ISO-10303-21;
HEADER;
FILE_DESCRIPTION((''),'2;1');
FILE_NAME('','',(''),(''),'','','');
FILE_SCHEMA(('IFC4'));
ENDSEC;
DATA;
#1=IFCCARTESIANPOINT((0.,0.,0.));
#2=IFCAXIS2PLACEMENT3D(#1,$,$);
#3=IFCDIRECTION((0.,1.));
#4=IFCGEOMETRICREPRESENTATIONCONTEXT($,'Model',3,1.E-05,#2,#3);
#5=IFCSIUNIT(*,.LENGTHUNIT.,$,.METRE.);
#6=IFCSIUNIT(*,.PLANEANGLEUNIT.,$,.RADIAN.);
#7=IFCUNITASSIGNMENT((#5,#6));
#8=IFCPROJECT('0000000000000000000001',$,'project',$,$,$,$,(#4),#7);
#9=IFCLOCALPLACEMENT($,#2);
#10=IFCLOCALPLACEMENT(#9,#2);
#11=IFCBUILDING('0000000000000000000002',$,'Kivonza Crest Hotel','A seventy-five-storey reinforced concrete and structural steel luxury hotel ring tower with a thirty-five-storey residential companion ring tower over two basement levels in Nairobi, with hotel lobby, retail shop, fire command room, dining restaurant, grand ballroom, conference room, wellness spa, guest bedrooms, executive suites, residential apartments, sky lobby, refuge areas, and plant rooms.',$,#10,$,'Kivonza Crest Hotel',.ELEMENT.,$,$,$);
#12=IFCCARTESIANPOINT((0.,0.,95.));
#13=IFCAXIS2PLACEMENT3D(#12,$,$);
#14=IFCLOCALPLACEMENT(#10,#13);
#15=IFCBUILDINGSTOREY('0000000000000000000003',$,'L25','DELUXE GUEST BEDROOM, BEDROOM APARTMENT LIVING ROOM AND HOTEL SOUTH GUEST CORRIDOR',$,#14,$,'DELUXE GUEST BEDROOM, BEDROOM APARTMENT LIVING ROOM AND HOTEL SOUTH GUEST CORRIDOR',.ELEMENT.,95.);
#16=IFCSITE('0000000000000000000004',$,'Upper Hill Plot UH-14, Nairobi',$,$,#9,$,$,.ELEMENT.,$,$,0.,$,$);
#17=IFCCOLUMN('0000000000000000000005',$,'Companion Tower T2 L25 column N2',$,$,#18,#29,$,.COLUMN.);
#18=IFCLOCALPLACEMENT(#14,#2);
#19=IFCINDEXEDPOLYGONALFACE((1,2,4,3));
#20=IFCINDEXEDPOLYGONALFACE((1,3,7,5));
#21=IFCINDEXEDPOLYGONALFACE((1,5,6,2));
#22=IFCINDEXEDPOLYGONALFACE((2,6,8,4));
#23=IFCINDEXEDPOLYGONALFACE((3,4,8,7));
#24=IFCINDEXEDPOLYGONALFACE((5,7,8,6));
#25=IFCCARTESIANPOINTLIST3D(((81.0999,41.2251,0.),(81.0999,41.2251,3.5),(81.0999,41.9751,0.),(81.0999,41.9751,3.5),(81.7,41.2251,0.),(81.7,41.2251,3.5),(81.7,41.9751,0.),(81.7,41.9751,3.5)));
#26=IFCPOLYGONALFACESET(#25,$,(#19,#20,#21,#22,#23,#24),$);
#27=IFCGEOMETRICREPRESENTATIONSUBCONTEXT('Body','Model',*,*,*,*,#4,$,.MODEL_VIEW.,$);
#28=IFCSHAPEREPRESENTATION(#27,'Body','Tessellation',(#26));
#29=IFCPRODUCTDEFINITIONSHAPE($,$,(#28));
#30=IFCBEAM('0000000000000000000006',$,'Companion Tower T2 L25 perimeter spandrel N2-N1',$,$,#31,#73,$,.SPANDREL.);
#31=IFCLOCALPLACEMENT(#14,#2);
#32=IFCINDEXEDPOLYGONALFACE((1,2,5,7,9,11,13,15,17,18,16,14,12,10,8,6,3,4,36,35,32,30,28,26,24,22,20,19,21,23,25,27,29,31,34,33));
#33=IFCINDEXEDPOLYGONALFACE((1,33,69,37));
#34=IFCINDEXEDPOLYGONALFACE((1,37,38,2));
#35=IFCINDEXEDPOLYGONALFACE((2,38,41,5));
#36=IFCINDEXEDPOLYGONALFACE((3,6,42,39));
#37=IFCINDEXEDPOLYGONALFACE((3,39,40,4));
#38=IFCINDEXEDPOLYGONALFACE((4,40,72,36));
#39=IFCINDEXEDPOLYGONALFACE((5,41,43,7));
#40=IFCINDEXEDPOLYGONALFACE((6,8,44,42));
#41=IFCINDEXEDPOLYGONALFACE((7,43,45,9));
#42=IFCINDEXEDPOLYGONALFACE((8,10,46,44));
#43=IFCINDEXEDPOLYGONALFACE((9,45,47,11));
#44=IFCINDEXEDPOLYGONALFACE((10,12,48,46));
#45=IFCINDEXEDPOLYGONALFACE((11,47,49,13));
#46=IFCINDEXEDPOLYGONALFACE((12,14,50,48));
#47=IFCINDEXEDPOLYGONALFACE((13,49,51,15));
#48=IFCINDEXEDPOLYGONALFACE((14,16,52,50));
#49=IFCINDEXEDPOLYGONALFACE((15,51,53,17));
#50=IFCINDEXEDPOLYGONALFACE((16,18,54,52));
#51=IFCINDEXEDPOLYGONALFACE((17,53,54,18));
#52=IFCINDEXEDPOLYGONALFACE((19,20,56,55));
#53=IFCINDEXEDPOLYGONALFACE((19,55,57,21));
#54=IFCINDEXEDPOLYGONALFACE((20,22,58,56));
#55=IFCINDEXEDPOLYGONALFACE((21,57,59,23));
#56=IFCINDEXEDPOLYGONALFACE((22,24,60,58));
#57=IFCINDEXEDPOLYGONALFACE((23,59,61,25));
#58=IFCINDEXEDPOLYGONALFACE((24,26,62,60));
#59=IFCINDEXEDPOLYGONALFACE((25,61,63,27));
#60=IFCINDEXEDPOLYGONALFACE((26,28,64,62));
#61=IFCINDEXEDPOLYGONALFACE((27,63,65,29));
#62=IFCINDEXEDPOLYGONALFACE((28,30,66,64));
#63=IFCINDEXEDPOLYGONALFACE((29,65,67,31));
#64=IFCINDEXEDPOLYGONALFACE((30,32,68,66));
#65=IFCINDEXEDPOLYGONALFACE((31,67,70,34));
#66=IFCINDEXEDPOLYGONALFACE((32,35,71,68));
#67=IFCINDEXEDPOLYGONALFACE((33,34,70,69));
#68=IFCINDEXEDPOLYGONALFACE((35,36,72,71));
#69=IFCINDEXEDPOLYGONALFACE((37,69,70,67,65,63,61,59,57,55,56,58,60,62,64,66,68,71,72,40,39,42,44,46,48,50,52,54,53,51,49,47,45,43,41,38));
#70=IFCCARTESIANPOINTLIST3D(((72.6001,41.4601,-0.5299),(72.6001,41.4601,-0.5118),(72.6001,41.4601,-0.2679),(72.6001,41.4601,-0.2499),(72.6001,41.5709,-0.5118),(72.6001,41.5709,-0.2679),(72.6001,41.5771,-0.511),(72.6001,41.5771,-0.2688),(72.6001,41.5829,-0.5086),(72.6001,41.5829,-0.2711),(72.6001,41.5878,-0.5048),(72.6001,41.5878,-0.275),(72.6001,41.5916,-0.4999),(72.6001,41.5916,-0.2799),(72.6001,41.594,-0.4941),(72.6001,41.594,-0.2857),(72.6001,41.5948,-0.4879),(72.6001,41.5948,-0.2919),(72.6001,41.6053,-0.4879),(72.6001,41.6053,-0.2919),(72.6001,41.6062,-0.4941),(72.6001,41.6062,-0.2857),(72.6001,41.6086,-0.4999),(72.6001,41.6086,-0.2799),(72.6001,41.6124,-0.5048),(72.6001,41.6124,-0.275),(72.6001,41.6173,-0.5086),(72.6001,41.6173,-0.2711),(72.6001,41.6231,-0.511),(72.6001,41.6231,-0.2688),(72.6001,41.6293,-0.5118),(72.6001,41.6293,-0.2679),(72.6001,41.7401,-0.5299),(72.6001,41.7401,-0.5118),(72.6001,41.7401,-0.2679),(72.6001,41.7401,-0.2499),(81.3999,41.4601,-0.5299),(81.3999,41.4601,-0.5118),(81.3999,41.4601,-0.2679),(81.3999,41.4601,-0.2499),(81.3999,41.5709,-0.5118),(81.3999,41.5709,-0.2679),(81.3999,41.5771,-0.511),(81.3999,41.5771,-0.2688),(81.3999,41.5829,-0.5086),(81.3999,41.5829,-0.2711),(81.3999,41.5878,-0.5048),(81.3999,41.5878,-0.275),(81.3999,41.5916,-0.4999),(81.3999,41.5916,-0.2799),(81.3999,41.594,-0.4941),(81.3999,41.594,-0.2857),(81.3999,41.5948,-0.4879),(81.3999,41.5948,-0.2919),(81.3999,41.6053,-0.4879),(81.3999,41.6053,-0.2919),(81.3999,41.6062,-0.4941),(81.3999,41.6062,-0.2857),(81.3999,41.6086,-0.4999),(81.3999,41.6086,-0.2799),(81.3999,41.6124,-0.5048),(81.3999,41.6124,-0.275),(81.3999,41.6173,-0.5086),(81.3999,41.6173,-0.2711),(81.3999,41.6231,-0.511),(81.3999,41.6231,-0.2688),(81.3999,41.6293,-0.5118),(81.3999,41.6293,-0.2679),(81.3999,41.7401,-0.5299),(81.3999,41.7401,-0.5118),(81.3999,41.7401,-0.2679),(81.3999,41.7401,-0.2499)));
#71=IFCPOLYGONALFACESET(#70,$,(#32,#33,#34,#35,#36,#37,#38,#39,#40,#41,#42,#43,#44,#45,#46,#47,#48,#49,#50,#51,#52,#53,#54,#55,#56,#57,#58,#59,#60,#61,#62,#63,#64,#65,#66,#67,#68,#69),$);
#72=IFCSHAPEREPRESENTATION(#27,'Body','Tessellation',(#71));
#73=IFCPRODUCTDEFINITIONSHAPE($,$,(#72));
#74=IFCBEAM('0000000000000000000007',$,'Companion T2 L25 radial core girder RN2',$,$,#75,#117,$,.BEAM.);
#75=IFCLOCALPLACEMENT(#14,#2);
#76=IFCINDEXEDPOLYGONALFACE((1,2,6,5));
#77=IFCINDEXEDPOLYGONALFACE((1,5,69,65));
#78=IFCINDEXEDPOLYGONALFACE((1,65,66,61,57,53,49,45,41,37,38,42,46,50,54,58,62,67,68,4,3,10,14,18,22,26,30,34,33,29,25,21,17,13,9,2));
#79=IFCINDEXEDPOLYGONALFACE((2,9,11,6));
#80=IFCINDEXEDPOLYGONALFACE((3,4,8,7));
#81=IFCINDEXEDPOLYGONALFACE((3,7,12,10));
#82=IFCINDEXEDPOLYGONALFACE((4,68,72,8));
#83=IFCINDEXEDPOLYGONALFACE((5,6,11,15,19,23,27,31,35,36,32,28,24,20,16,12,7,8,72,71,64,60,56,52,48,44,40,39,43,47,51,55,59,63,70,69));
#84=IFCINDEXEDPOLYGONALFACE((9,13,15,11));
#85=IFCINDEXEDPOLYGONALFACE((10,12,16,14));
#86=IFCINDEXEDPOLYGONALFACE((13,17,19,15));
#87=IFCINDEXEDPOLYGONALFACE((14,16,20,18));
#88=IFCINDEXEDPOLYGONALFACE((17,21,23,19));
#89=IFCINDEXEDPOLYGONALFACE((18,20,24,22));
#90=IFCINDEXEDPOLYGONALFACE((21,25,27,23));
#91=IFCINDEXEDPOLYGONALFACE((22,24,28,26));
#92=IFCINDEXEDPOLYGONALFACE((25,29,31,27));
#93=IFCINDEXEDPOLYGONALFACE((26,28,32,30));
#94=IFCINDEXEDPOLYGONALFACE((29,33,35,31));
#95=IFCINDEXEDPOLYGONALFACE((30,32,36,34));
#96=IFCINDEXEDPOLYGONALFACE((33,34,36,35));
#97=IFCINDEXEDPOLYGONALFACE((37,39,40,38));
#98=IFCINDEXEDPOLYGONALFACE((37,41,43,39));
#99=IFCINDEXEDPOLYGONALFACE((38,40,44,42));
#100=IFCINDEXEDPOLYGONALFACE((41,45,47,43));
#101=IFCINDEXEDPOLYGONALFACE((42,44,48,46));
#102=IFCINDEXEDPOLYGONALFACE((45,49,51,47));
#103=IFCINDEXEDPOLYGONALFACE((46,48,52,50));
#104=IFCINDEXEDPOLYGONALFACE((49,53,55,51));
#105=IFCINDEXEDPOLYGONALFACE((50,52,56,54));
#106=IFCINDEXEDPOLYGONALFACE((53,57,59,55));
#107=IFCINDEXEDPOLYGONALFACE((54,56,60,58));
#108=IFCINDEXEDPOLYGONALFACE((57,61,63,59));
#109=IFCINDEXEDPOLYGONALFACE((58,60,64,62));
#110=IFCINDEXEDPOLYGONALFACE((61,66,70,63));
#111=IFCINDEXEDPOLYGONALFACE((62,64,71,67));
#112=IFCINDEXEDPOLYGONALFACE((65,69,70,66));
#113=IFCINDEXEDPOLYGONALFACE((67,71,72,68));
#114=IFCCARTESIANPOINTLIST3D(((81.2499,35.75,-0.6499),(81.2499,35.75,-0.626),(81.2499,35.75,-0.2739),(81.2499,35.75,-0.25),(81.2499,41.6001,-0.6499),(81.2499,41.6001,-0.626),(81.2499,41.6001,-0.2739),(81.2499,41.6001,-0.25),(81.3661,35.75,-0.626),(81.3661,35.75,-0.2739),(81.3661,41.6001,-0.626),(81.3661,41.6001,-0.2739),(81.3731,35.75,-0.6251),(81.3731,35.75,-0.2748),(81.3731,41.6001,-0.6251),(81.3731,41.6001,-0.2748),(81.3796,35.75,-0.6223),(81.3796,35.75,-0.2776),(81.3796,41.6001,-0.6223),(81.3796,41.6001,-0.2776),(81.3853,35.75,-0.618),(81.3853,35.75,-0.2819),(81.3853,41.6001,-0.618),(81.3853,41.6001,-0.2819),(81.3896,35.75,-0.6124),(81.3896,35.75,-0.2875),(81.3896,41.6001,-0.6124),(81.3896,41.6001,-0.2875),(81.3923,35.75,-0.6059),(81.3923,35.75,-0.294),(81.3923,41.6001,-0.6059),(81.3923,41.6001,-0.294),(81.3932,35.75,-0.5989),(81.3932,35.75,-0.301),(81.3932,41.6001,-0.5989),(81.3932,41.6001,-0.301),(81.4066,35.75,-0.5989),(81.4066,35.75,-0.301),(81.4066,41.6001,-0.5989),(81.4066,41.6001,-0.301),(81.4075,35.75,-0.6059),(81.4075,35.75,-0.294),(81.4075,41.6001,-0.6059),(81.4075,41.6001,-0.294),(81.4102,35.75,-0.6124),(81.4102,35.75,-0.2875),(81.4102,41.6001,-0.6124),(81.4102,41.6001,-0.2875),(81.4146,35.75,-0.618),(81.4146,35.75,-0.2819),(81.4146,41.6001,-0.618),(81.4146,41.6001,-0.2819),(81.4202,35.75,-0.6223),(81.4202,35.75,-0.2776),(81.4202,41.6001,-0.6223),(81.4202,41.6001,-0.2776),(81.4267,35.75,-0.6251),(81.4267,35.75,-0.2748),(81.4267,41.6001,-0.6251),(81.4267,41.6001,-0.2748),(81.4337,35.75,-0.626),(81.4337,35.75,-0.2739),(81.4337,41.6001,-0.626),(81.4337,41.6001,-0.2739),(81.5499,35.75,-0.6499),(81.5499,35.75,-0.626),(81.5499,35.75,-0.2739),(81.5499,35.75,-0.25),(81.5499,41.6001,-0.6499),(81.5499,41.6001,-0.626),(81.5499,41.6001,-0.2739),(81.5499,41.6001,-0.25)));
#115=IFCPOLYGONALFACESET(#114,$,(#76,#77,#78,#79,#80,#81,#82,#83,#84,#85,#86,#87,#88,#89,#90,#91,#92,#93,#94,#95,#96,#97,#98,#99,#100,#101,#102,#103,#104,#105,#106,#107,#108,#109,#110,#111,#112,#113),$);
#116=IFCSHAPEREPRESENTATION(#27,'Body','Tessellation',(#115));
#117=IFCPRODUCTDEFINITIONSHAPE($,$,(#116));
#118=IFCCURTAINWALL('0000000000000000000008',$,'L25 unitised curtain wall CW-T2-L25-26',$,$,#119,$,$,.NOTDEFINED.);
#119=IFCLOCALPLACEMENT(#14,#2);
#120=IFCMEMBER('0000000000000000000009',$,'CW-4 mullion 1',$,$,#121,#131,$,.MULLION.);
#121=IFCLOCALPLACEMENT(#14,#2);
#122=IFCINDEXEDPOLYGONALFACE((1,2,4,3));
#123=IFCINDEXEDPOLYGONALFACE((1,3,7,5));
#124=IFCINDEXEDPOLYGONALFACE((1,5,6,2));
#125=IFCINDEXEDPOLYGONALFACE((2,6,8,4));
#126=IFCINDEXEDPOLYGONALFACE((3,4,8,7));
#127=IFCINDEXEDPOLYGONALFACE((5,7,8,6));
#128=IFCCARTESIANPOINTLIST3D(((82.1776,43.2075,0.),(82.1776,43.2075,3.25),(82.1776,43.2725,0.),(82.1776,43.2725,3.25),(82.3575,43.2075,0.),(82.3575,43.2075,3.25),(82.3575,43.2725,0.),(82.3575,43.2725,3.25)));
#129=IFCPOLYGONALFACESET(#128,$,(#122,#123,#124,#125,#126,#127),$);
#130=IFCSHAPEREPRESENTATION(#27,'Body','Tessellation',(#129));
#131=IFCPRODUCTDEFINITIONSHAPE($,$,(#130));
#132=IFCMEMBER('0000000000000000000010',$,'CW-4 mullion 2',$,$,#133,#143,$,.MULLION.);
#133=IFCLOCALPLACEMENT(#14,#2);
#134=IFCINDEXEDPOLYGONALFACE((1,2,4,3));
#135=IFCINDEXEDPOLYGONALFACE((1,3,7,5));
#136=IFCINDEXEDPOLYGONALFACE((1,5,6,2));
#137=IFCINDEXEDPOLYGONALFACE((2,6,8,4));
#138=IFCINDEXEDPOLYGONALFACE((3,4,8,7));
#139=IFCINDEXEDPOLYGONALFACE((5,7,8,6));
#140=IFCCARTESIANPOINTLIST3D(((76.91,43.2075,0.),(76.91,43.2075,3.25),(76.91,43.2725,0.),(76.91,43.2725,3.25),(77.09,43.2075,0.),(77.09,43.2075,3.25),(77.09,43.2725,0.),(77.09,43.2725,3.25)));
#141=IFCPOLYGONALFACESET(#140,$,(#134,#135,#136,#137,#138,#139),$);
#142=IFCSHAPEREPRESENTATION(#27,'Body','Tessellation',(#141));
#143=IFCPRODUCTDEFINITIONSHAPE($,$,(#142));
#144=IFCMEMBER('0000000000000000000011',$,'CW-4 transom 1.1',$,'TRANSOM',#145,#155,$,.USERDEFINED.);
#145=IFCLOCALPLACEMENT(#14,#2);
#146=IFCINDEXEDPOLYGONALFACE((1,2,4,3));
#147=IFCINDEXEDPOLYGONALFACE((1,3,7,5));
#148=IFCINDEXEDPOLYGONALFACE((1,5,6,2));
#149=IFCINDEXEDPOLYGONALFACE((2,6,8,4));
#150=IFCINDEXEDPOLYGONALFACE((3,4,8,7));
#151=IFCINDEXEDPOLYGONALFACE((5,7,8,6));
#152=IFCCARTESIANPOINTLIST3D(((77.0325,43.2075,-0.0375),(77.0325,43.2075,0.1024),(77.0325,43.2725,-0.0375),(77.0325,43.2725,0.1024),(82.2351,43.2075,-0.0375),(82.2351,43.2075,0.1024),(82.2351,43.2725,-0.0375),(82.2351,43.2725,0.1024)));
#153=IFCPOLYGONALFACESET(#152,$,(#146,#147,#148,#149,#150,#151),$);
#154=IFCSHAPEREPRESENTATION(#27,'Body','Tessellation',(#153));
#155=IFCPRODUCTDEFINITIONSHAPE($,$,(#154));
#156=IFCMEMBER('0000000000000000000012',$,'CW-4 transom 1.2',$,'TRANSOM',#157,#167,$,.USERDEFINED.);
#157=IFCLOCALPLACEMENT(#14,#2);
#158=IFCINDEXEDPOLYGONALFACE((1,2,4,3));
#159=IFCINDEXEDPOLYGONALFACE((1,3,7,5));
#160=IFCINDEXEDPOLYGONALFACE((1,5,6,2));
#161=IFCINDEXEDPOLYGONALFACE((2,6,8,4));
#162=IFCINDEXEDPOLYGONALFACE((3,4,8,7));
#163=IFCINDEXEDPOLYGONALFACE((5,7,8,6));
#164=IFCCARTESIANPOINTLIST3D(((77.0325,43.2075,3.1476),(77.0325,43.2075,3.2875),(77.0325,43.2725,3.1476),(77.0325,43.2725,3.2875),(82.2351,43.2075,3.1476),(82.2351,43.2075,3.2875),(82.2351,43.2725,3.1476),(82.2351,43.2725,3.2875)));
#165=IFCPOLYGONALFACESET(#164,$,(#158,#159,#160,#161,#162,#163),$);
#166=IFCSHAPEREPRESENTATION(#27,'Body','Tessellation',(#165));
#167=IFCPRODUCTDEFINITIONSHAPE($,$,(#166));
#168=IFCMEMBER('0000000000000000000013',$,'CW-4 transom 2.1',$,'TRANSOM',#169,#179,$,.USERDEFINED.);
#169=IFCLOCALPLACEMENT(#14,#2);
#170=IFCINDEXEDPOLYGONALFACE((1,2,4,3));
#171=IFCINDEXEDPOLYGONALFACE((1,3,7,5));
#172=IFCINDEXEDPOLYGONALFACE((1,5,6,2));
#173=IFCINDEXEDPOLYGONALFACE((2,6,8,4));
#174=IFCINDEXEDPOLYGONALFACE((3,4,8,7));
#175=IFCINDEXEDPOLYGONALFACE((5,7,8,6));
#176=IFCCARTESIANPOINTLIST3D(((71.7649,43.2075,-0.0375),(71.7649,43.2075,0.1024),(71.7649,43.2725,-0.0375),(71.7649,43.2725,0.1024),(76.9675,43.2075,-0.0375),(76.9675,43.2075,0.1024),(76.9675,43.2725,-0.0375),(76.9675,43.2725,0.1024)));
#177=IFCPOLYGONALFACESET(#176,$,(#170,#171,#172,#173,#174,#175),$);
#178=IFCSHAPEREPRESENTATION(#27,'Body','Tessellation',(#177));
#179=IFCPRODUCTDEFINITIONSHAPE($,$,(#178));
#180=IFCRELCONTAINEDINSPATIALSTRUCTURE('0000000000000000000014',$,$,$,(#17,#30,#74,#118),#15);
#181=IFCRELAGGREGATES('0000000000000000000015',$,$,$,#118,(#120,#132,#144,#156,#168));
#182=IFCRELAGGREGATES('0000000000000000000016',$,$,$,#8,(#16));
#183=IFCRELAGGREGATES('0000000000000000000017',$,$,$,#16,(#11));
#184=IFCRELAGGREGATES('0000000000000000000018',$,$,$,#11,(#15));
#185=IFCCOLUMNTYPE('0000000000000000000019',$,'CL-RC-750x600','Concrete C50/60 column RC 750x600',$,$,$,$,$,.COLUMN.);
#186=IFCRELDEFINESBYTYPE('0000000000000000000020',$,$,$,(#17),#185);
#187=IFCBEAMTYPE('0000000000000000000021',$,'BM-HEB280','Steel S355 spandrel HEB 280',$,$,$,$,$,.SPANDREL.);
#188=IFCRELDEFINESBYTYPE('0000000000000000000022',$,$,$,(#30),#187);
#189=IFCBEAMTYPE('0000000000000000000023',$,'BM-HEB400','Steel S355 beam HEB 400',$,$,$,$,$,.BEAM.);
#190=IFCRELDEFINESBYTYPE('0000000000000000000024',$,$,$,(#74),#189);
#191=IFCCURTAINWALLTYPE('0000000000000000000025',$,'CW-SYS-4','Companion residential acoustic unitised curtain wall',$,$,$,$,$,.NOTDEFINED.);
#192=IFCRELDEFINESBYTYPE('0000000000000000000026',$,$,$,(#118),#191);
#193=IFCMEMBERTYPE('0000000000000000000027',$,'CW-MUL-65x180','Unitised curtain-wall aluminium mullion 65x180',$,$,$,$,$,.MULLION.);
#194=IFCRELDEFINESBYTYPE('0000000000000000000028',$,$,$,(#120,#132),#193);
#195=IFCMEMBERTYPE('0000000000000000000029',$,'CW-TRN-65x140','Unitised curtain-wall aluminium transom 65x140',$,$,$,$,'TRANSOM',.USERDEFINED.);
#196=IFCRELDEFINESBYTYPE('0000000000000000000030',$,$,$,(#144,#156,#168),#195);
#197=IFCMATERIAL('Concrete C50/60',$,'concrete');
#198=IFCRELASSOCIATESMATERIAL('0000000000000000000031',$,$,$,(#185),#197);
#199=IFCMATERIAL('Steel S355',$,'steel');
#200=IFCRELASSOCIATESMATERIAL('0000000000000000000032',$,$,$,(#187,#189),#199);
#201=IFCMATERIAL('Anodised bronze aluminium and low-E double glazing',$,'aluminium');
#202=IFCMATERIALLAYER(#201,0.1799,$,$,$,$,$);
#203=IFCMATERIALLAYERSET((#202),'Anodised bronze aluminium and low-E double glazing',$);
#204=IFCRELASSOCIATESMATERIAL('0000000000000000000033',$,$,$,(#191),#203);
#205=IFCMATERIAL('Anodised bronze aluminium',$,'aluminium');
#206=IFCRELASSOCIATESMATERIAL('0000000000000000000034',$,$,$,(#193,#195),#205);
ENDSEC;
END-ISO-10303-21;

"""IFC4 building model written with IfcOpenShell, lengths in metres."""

from ifc_helpers import new_model, si_unit, direction, frame, origin, origin_2d, place, context, subcontext, project, spatial, rectangle, i_section, extrude, material, layer, layer_set, material_profile, profile_set, type_object, element, aggregate, save


model = new_model("IFC4")

# Units and contexts
model_context = context("Model", 3, precision=1e-05, world=origin(), true_north=direction((0.0, 1.0)))
body_context = subcontext(model_context, "Body", "Model", "MODEL_VIEW")
ifc_project = project(units=[si_unit("LENGTHUNIT", "METRE"), si_unit("PLANEANGLEUNIT", "RADIAN")], contexts=[model_context])

# Site, building, storey
site_placement = place(None, origin())
site = spatial("IfcSite", under=ifc_project, at=site_placement, Name="Upper Hill Plot UH-14, Nairobi", CompositionType="ELEMENT", RefElevation=0.0)
building_placement = place(site_placement, origin())
building = spatial("IfcBuilding", under=site, at=building_placement, Name="Kivonza Crest Hotel", Description="A seventy-five-storey reinforced concrete and structural steel luxury hotel ring tower with a thirty-five-storey residential companion ring tower over two basement levels in Nairobi, with hotel lobby, retail shop, fire command room, dining restaurant, grand ballroom, conference room, wellness spa, guest bedrooms, executive suites, residential apartments, sky lobby, refuge areas, and plant rooms.", LongName="Kivonza Crest Hotel", CompositionType="ELEMENT")
storey_placement = place(building_placement, frame((0.0, 0.0, 95.0)))
storey = spatial("IfcBuildingStorey", under=building, at=storey_placement, Name="L25", Description="DELUXE GUEST BEDROOM, BEDROOM APARTMENT LIVING ROOM AND HOTEL SOUTH GUEST CORRIDOR", LongName="DELUXE GUEST BEDROOM, BEDROOM APARTMENT LIVING ROOM AND HOTEL SOUTH GUEST CORRIDOR", CompositionType="ELEMENT", Elevation=95.0)

# Column
ifc_material_1 = material(Name="Concrete C50/60", Category="concrete")
ifc_material_profile_1 = material_profile(ifc_material_1, rectangle(XDim=0.6001, YDim=0.75, at=origin_2d()), Name="RC 750x600")
ifc_profile_set_1 = profile_set([ifc_material_profile_1], Name="Concrete C50/60")
column_type = type_object("IfcColumnType", Name="CL-RC-750x600", Description="Concrete C50/60 column RC 750x600", PredefinedType="COLUMN", material=ifc_profile_set_1)
column_placement = place(storey_placement, frame((81.3999, 41.6001, 0.0), z_axis=(0.0, 0.0, 1.0), x_axis=(1.0, 0.0, 0.0)))
element("IfcColumn", 1, at=column_placement, inside=storey, type_object=column_type, Name="Companion Tower T2 L25 column N2", PredefinedType="COLUMN", context=body_context, shape_type="SweptSolid", body=[
    extrude(rectangle(XDim=0.6001, YDim=0.75, at=origin_2d()), origin(), (0.0, 0.0, 1.0), 3.5),
])

# Beams
ifc_material_2 = material(Name="Steel S355", Category="steel")
ifc_material_profile_2 = material_profile(ifc_material_2, i_section(OverallWidth=0.28, OverallDepth=0.28, WebThickness=0.0105, FlangeThickness=0.0181, FilletRadius=0.0239, at=origin_2d()), Name="HEB 280")
ifc_profile_set_2 = profile_set([ifc_material_profile_2], Name="Steel S355")
beam_type_1 = type_object("IfcBeamType", Name="BM-HEB280", Description="Steel S355 spandrel HEB 280", PredefinedType="SPANDREL", material=ifc_profile_set_2)
beam_1_placement = place(storey_placement, frame((81.3999, 41.6001, -0.3899), z_axis=(-1.0, 0.0, 0.0), x_axis=(0.0, -1.0, 0.0)))
element("IfcBeam", 2, at=beam_1_placement, inside=storey, type_object=beam_type_1, Name="Companion Tower T2 L25 perimeter spandrel N2-N1", PredefinedType="SPANDREL", context=body_context, shape_type="SweptSolid", body=[
    extrude(i_section(OverallWidth=0.28, OverallDepth=0.28, WebThickness=0.0105, FlangeThickness=0.0181, FilletRadius=0.0239, at=origin_2d()), origin(), (0.0, 0.0, 1.0), 8.7998),
])
ifc_material_profile_3 = material_profile(ifc_material_2, i_section(OverallWidth=0.3, OverallDepth=0.3999, WebThickness=0.0134, FlangeThickness=0.0239, FilletRadius=0.0271, at=origin_2d()), Name="HEB 400")
ifc_profile_set_3 = profile_set([ifc_material_profile_3], Name="Steel S355")
beam_type_2 = type_object("IfcBeamType", Name="BM-HEB400", Description="Steel S355 beam HEB 400", PredefinedType="BEAM", material=ifc_profile_set_3)
beam_2_placement = place(storey_placement, frame((81.3999, 41.6001, -0.45), z_axis=(0.0, -1.0, 0.0), x_axis=(1.0, 0.0, 0.0)))
element("IfcBeam", 3, at=beam_2_placement, inside=storey, type_object=beam_type_2, Name="Companion T2 L25 radial core girder RN2", PredefinedType="BEAM", context=body_context, shape_type="SweptSolid", body=[
    extrude(i_section(OverallWidth=0.3, OverallDepth=0.3999, WebThickness=0.0134, FlangeThickness=0.0239, FilletRadius=0.0271, at=origin_2d()), origin(), (0.0, 0.0, 1.0), 5.8501),
])

# Curtain wall, members
ifc_material_3 = material(Name="Anodised bronze aluminium and low-E double glazing", Category="aluminium")
ifc_layer_1 = layer(ifc_material_3, 0.1799)
ifc_layer_set_1 = layer_set([ifc_layer_1], Name="Anodised bronze aluminium and low-E double glazing")
curtain_wall_type = type_object("IfcCurtainWallType", Name="CW-SYS-4", Description="Companion residential acoustic unitised curtain wall", PredefinedType="NOTDEFINED", material=ifc_layer_set_1)
curtain_wall_placement = place(storey_placement, origin())
curtain_wall = element("IfcCurtainWall", 4, at=curtain_wall_placement, inside=storey, type_object=curtain_wall_type, Name="L25 unitised curtain wall CW-T2-L25-26", PredefinedType="NOTDEFINED")
ifc_material_4 = material(Name="Anodised bronze aluminium", Category="aluminium")
ifc_material_profile_4 = material_profile(ifc_material_4, rectangle(XDim=0.0649, YDim=0.1799, at=origin_2d()), Name="CW-M 65x180")
ifc_profile_set_4 = profile_set([ifc_material_profile_4], Name="Anodised bronze aluminium")
member_type_1 = type_object("IfcMemberType", Name="CW-MUL-65x180", Description="Unitised curtain-wall aluminium mullion 65x180", PredefinedType="MULLION", material=ifc_profile_set_4)
member_1_placement = place(storey_placement, frame((82.2676, 43.24, 0.0), z_axis=(0.0, 0.0, 1.0), x_axis=(0.0, -1.0, 0.0)))
member_1 = element("IfcMember", 5, at=member_1_placement, type_object=member_type_1, Name="CW-4 mullion 1", PredefinedType="MULLION", context=body_context, shape_type="SweptSolid", body=[
    extrude(rectangle(XDim=0.0649, YDim=0.1799, at=origin_2d()), origin(), (0.0, 0.0, 1.0), 3.25),
])
member_2_placement = place(storey_placement, frame((77.0, 43.24, 0.0), z_axis=(0.0, 0.0, 1.0), x_axis=(0.0, -1.0, 0.0)))
member_2 = element("IfcMember", 6, at=member_2_placement, type_object=member_type_1, Name="CW-4 mullion 2", PredefinedType="MULLION", context=body_context, shape_type="SweptSolid", body=[
    extrude(rectangle(XDim=0.0649, YDim=0.1799, at=origin_2d()), origin(), (0.0, 0.0, 1.0), 3.25),
])
ifc_material_profile_5 = material_profile(ifc_material_4, rectangle(XDim=0.0649, YDim=0.1399, at=origin_2d()), Name="CW-T 65x140")
ifc_profile_set_5 = profile_set([ifc_material_profile_5], Name="Anodised bronze aluminium")
member_type_2 = type_object("IfcMemberType", Name="CW-TRN-65x140", Description="Unitised curtain-wall aluminium transom 65x140", ElementType="TRANSOM", PredefinedType="USERDEFINED", material=ifc_profile_set_5)
member_3_placement = place(storey_placement, frame((82.2351, 43.24, 0.0325), z_axis=(-1.0, 0.0, 0.0), x_axis=(0.0, -1.0, 0.0)))
member_3 = element("IfcMember", 7, at=member_3_placement, type_object=member_type_2, Name="CW-4 transom 1.1", ObjectType="TRANSOM", PredefinedType="USERDEFINED", context=body_context, shape_type="SweptSolid", body=[
    extrude(rectangle(XDim=0.0649, YDim=0.1399, at=origin_2d()), origin(), (0.0, 0.0, 1.0), 5.2026),
])
member_4_placement = place(storey_placement, frame((82.2351, 43.24, 3.2175), z_axis=(-1.0, 0.0, 0.0), x_axis=(0.0, -1.0, 0.0)))
member_4 = element("IfcMember", 8, at=member_4_placement, type_object=member_type_2, Name="CW-4 transom 1.2", ObjectType="TRANSOM", PredefinedType="USERDEFINED", context=body_context, shape_type="SweptSolid", body=[
    extrude(rectangle(XDim=0.0649, YDim=0.1399, at=origin_2d()), origin(), (0.0, 0.0, 1.0), 5.2026),
])
member_5_placement = place(storey_placement, frame((76.9675, 43.24, 0.0325), z_axis=(-1.0, 0.0, 0.0), x_axis=(0.0, -1.0, 0.0)))
member_5 = element("IfcMember", 9, at=member_5_placement, type_object=member_type_2, Name="CW-4 transom 2.1", ObjectType="TRANSOM", PredefinedType="USERDEFINED", context=body_context, shape_type="SweptSolid", body=[
    extrude(rectangle(XDim=0.0649, YDim=0.1399, at=origin_2d()), origin(), (0.0, 0.0, 1.0), 5.2026),
])
aggregate(curtain_wall, [member_1, member_2, member_3, member_4, member_5])

save(model, "model.ifc")
